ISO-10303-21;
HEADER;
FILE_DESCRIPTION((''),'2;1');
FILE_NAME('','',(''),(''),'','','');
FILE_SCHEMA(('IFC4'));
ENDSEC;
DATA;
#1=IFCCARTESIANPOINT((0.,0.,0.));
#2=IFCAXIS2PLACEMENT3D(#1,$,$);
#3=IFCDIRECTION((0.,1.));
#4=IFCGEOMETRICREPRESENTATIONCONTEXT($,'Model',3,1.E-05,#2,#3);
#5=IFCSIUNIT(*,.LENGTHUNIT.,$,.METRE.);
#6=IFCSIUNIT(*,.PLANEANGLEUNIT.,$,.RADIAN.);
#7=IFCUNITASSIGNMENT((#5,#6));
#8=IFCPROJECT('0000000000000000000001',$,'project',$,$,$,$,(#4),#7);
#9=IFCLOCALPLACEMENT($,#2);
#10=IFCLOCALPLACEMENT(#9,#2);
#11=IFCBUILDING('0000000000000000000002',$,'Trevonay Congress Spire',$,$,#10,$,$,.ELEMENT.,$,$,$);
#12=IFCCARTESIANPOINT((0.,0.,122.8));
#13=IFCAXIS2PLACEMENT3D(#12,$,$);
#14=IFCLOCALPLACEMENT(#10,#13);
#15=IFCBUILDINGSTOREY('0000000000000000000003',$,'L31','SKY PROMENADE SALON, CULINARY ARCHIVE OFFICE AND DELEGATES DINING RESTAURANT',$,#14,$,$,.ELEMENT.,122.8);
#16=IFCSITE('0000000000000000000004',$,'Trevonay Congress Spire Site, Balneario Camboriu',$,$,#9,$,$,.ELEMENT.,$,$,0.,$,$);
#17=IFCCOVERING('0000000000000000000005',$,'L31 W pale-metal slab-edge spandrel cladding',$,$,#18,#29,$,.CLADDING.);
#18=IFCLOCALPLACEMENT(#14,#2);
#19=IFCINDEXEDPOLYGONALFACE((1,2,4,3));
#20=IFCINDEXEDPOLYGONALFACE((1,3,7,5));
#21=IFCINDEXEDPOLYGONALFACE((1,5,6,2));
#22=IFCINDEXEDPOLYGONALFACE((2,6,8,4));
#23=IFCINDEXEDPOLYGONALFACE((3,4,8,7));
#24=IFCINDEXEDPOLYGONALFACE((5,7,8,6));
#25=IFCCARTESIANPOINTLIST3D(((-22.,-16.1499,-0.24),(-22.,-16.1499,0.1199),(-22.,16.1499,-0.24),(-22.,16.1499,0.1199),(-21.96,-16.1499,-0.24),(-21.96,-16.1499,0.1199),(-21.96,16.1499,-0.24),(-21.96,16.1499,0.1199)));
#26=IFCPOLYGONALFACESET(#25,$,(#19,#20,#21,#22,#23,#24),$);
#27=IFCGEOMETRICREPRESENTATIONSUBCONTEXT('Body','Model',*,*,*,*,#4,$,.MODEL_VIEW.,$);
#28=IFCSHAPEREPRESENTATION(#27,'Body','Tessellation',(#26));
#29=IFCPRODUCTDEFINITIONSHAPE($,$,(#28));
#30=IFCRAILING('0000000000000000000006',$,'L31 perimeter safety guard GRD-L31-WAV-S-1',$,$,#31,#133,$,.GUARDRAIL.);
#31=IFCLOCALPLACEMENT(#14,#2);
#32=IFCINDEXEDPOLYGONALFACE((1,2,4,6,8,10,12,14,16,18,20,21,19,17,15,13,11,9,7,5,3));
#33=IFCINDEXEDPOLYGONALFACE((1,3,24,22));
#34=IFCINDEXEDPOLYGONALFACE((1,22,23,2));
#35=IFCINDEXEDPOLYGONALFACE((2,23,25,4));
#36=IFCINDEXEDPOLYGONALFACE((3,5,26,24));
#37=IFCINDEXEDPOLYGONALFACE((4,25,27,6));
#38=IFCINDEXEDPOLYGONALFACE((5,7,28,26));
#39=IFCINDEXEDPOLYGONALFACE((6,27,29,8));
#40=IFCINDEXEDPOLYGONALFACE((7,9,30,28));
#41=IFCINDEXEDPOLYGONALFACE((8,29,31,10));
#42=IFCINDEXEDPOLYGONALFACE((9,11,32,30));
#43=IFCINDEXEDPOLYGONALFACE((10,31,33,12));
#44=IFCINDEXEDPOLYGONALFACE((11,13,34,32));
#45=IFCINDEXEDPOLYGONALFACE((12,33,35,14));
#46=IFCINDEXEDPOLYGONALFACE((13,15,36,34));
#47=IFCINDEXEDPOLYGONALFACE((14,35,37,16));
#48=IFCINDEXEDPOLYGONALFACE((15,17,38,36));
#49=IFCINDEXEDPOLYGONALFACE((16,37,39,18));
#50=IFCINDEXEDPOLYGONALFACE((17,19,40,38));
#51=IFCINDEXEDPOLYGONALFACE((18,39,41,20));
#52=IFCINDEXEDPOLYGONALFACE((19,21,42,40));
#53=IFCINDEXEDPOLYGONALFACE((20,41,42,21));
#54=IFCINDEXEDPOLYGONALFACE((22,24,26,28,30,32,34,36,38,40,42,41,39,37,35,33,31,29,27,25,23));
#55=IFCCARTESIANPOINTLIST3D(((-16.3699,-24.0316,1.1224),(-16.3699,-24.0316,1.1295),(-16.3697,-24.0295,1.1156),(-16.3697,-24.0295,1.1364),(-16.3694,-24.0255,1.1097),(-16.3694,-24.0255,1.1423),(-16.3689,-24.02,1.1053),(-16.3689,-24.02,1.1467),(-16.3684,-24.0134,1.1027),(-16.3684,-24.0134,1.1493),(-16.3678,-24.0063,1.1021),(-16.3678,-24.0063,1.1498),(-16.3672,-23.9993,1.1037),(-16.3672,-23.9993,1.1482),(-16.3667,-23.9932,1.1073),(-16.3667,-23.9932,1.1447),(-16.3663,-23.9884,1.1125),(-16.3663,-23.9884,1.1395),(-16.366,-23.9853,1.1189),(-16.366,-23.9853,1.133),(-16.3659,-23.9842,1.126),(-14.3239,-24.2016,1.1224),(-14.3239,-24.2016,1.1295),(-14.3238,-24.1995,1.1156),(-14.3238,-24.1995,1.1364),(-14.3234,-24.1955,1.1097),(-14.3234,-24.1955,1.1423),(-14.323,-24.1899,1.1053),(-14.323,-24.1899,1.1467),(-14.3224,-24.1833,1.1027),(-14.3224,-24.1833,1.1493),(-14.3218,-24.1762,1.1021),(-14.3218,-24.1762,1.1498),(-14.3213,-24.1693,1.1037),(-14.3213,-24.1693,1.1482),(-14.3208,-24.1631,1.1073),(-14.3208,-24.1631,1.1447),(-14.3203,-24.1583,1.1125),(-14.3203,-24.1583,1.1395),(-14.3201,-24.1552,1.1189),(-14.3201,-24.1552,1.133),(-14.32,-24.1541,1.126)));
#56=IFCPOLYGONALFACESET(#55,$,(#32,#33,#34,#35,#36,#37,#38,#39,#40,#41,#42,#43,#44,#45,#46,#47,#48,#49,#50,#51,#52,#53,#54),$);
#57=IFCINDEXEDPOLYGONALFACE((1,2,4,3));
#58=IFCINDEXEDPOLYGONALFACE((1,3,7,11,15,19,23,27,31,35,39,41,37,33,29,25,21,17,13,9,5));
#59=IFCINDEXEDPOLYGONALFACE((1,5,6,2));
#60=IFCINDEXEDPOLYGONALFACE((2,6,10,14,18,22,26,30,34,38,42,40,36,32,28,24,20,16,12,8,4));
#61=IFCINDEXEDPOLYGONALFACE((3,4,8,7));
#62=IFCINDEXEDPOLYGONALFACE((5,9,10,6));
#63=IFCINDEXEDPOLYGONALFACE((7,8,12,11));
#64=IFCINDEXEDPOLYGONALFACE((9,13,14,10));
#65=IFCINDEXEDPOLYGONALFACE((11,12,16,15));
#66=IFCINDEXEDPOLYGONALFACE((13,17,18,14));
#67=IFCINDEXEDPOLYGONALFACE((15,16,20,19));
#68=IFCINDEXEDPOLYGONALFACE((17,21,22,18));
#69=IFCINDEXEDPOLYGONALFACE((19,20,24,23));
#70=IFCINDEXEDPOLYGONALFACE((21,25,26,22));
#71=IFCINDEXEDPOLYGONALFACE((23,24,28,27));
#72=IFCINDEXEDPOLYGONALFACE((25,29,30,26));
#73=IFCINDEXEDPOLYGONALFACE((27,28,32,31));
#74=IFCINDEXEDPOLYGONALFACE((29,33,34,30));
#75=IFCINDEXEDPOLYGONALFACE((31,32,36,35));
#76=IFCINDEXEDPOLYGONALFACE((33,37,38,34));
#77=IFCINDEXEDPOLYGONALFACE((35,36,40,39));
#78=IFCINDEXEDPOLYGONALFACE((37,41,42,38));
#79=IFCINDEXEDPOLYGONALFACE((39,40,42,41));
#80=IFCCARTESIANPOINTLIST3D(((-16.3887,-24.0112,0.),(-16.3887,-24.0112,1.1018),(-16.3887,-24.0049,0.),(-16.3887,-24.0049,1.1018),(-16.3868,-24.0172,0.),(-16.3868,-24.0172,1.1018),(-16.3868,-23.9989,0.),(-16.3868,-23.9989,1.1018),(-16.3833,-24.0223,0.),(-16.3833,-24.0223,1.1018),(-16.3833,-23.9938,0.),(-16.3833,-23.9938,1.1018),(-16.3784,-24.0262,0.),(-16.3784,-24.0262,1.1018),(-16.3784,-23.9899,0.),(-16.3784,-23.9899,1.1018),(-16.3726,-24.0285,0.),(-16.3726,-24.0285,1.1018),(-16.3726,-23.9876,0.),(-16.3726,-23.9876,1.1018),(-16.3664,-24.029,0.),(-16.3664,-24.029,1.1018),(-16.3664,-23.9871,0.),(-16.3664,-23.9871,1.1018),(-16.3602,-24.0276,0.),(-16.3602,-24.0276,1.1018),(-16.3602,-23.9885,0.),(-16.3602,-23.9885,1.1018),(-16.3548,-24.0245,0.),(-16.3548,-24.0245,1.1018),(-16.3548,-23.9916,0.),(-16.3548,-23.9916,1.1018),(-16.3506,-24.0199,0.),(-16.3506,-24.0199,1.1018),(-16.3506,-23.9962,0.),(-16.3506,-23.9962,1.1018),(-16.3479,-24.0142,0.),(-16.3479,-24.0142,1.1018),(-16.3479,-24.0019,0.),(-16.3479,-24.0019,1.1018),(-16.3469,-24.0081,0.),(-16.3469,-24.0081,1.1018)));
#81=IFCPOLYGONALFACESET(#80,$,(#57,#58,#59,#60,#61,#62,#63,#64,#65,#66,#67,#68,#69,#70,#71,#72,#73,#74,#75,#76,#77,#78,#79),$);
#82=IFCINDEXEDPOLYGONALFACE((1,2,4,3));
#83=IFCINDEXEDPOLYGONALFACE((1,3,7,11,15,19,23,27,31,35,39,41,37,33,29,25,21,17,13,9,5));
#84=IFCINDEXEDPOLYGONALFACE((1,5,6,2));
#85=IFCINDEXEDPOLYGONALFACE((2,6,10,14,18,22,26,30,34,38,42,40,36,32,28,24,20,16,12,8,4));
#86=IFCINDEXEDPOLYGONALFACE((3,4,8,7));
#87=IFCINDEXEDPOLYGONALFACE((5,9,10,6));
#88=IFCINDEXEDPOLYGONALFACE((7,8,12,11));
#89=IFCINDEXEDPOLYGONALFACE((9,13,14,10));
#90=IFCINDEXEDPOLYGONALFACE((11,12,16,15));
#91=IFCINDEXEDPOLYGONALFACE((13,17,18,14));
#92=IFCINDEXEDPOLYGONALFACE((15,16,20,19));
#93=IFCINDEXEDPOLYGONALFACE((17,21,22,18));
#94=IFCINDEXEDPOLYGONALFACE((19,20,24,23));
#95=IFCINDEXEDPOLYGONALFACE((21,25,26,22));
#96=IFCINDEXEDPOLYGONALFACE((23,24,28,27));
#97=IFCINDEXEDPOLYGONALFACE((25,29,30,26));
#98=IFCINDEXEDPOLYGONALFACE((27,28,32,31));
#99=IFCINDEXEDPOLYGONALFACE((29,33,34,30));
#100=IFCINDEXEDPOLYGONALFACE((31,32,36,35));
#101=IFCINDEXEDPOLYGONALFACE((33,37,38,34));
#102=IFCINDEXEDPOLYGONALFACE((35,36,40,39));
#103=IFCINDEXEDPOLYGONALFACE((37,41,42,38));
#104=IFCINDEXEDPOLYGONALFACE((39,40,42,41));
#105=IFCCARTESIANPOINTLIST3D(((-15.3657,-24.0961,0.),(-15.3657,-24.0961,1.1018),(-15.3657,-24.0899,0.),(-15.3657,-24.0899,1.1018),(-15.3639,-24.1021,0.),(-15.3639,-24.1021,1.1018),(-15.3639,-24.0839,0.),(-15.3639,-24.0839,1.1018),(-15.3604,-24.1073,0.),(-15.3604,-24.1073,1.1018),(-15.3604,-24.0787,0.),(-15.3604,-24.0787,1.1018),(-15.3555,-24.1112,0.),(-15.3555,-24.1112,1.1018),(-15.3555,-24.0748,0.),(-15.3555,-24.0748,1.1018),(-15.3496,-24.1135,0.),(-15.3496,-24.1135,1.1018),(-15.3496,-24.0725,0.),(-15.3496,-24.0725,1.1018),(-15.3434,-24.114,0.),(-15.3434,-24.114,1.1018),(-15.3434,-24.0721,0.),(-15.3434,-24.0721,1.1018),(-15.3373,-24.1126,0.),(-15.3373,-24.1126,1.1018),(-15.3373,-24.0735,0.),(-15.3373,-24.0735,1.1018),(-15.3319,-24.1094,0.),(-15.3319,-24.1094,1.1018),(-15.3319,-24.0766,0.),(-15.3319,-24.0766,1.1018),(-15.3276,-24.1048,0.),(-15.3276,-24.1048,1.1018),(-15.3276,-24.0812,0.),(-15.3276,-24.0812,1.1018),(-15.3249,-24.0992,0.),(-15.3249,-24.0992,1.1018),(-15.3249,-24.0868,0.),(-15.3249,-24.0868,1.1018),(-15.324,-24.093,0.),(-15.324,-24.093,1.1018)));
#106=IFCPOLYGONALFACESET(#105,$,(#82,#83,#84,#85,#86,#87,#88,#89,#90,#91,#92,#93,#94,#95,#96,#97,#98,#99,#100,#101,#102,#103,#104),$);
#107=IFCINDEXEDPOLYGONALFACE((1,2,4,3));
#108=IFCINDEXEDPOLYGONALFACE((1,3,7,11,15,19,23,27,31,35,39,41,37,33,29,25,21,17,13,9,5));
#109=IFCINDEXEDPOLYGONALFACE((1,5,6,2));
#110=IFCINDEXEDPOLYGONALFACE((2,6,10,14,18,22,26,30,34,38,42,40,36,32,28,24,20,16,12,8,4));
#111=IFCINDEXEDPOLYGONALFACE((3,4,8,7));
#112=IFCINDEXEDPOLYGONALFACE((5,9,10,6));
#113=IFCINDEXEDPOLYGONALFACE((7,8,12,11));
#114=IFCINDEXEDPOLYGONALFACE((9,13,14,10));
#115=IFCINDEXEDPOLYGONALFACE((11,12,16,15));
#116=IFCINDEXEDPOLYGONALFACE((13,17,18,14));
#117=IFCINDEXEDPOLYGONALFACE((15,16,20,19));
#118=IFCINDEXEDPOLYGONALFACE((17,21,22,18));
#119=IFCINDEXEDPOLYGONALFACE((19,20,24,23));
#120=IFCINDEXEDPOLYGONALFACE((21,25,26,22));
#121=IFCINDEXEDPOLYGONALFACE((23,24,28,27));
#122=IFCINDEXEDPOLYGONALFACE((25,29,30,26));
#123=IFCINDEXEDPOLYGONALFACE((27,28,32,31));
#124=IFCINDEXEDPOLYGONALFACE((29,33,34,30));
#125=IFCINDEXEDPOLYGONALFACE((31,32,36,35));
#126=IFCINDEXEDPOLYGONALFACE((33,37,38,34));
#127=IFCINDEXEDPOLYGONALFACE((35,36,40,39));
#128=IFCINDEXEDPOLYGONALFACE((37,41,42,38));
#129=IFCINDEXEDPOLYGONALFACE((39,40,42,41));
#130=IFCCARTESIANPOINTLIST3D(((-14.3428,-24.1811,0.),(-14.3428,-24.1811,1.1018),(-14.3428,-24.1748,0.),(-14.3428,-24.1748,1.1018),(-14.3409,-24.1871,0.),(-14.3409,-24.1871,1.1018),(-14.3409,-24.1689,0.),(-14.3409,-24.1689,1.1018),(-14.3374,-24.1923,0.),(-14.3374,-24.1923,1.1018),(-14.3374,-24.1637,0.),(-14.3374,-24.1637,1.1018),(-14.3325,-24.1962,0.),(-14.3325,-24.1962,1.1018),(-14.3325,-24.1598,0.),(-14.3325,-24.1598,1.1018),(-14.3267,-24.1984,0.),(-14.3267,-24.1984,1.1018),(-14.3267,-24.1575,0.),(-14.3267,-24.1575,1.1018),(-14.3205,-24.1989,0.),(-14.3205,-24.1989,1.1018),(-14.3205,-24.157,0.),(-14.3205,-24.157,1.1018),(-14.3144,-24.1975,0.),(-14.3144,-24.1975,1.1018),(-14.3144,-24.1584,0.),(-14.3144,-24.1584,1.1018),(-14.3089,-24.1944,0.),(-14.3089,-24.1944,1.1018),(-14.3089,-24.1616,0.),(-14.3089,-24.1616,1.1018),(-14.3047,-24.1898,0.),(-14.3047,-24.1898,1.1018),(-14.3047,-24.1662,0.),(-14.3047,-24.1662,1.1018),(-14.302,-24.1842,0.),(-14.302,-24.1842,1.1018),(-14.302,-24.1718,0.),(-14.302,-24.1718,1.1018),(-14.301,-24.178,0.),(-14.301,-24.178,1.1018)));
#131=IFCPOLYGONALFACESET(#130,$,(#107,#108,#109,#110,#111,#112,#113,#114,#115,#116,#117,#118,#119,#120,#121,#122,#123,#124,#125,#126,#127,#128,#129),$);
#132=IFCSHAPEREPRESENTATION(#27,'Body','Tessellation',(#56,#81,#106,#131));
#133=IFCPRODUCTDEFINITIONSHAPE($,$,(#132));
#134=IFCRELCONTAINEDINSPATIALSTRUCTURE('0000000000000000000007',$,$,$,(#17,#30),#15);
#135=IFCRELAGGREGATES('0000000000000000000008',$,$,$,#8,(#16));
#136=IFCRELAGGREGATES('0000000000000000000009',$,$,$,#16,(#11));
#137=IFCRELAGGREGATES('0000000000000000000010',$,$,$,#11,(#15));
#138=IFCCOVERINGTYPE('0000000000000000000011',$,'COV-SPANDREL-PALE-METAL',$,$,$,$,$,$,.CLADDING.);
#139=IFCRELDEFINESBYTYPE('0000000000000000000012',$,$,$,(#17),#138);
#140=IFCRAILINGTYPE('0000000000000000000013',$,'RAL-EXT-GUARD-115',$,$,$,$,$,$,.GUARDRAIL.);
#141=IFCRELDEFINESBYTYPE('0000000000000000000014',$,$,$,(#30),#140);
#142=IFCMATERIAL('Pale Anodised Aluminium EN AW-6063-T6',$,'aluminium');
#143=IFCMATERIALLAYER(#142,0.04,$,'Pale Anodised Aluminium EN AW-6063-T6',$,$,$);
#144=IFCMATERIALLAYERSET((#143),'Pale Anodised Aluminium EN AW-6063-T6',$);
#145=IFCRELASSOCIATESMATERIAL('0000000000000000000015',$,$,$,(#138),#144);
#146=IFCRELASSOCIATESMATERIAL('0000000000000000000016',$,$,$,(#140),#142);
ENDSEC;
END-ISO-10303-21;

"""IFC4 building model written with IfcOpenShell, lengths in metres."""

from ifc_helpers import new_model, si_unit, direction, frame, frame_2d, origin, origin_2d, place, context, subcontext, project, spatial, rectangle, circle, extrude, material, layer, layer_set, type_object, element, save


model = new_model("IFC4")

# Units and contexts
model_context = context("Model", 3, precision=1e-05, world=origin(), true_north=direction((0.0, 1.0)))
body_context = subcontext(model_context, "Body", "Model", "MODEL_VIEW")
ifc_project = project(units=[si_unit("LENGTHUNIT", "METRE"), si_unit("PLANEANGLEUNIT", "RADIAN")], contexts=[model_context])

# Site, building, storey
site_placement = place(None, origin())
site = spatial("IfcSite", under=ifc_project, at=site_placement, Name="Trevonay Congress Spire Site, Balneario Camboriu", CompositionType="ELEMENT", RefElevation=0.0)
building_placement = place(site_placement, origin())
building = spatial("IfcBuilding", under=site, at=building_placement, Name="Trevonay Congress Spire", CompositionType="ELEMENT")
storey_placement = place(building_placement, frame((0.0, 0.0, 122.8)))
storey = spatial("IfcBuildingStorey", under=building, at=storey_placement, Name="L31", Description="SKY PROMENADE SALON, CULINARY ARCHIVE OFFICE AND DELEGATES DINING RESTAURANT", CompositionType="ELEMENT", Elevation=122.8)

# Covering
ifc_material_1 = material(Name="Pale Anodised Aluminium EN AW-6063-T6", Category="aluminium")
ifc_layer_1 = layer(ifc_material_1, 0.04, Name="Pale Anodised Aluminium EN AW-6063-T6")
ifc_layer_set_1 = layer_set([ifc_layer_1], Name="Pale Anodised Aluminium EN AW-6063-T6")
covering_type = type_object("IfcCoveringType", Name="COV-SPANDREL-PALE-METAL", PredefinedType="CLADDING", material=ifc_layer_set_1)
covering_placement = place(storey_placement, frame((-21.98, -16.1499, -0.24), z_axis=(0.0, 0.0, 1.0), x_axis=(0.0, 1.0, 0.0)))
element("IfcCovering", 1, at=covering_placement, inside=storey, type_object=covering_type, Name="L31 W pale-metal slab-edge spandrel cladding", PredefinedType="CLADDING", context=body_context, shape_type="SweptSolid", body=[
    extrude(rectangle(XDim=32.2998, YDim=0.04, at=frame_2d((16.1499, 0.0))), origin(), (0.0, 0.0, 1.0), 0.3599),
])

# Railing
railing_type = type_object("IfcRailingType", Name="RAL-EXT-GUARD-115", PredefinedType="GUARDRAIL", material=ifc_material_1)
railing_1_placement = place(storey_placement, frame((-16.3679, -24.0081, 0.0)))
element("IfcRailing", 2, at=railing_1_placement, inside=storey, type_object=railing_type, Name="L31 perimeter safety guard GRD-L31-WAV-S-1", PredefinedType="GUARDRAIL", context=body_context, shape_type="SweptSolid", body=[
    extrude(circle(Radius=0.0239, at=origin_2d()), frame((0.0, 0.0, 1.126), z_axis=(0.996569, -0.08277, 0.0), x_axis=(0.08277, 0.996569, 0.0)), (0.0, 0.0, 1.0), 2.053),
    extrude(circle(Radius=0.021, at=origin_2d()), origin(), (0.0, 0.0, 1.0), 1.1018),
    extrude(circle(Radius=0.021, at=origin_2d()), frame((1.0229, -0.085, 0.0)), (0.0, 0.0, 1.0), 1.1018),
    extrude(circle(Radius=0.021, at=origin_2d()), frame((2.0459, -0.1699, 0.0)), (0.0, 0.0, 1.0), 1.1018),
])

save(model, "model.ifc")
